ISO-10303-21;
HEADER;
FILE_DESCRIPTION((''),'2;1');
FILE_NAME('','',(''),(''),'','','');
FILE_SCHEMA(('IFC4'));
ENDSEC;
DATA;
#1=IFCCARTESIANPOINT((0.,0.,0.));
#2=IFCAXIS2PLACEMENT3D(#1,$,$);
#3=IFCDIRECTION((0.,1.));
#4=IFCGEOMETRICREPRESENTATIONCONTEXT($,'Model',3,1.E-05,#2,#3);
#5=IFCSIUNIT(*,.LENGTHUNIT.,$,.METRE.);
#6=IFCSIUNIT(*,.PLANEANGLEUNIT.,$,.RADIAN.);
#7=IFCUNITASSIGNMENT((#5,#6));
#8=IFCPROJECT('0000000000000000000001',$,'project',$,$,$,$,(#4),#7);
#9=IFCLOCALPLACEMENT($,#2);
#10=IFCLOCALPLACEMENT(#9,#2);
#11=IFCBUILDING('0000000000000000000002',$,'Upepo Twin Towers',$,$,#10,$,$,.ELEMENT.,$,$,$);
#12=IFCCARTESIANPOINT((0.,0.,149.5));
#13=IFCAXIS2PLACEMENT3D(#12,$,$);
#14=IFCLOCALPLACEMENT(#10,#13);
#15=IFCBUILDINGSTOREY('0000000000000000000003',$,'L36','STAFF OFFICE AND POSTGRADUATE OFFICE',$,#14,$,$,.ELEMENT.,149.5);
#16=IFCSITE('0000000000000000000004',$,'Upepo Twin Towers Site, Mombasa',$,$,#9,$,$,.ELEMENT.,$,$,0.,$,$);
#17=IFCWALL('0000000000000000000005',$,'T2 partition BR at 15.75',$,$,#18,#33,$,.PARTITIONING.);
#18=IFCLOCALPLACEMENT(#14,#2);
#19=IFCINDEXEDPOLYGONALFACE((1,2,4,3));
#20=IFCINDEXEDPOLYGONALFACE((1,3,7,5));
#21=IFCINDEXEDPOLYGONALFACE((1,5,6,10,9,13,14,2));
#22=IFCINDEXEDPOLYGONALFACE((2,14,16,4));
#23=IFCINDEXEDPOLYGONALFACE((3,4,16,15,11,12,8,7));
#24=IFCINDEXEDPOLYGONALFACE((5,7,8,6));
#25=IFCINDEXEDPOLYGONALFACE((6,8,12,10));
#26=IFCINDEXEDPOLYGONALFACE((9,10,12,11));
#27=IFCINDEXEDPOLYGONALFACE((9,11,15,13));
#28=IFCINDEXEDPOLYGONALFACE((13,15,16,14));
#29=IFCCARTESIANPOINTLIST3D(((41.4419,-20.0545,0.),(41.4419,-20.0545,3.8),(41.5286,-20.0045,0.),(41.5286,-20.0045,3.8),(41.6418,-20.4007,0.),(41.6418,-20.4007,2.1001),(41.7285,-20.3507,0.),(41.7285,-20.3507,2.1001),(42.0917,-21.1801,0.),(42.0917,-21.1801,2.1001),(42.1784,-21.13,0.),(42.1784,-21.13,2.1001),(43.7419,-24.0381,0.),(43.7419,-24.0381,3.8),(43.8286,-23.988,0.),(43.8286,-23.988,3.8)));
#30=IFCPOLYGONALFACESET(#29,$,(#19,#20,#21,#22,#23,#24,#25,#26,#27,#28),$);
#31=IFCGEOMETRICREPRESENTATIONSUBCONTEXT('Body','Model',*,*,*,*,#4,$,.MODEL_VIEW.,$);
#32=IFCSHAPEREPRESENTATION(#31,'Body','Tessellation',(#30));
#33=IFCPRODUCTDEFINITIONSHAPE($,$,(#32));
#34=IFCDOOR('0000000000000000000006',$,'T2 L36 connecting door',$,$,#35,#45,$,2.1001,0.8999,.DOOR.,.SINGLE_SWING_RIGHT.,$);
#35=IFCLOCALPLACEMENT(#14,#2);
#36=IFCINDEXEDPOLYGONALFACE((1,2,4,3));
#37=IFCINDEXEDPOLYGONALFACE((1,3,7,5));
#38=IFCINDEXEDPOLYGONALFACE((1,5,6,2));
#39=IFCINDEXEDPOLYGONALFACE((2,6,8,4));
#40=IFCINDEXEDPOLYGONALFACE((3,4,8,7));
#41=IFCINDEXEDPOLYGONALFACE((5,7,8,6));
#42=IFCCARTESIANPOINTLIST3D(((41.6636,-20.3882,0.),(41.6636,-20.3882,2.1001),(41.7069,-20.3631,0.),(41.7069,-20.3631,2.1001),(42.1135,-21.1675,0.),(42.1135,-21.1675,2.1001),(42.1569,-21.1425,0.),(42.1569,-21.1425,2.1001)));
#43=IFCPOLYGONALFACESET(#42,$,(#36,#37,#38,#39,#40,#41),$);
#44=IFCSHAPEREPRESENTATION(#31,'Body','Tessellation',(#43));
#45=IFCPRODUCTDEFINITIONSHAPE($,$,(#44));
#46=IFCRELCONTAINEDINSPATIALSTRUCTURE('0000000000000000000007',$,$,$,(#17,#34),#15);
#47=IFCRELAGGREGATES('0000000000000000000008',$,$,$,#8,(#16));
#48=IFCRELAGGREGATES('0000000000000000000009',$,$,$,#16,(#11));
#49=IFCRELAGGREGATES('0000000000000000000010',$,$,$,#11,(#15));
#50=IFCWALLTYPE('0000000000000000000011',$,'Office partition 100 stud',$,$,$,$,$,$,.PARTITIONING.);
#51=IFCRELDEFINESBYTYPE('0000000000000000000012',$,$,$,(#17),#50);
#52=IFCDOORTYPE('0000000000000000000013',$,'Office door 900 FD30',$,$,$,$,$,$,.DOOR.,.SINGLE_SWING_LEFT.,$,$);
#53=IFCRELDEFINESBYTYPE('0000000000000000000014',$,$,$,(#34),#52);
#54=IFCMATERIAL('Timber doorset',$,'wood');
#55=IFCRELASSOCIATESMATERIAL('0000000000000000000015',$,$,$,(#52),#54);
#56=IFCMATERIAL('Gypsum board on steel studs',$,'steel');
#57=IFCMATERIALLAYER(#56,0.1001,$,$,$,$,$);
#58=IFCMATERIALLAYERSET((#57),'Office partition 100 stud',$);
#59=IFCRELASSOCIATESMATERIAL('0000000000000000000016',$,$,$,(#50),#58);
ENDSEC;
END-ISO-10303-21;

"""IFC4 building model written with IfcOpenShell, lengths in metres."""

from ifc_helpers import new_model, si_unit, direction, frame, frame_2d, origin, place, context, subcontext, project, spatial, rectangle, extrude, material, layer, layer_set, type_object, element, fill, save


model = new_model("IFC4")

# Units and contexts
model_context = context("Model", 3, precision=1e-05, world=origin(), true_north=direction((0.0, 1.0)))
body_context = subcontext(model_context, "Body", "Model", "MODEL_VIEW")
ifc_project = project(units=[si_unit("LENGTHUNIT", "METRE"), si_unit("PLANEANGLEUNIT", "RADIAN")], contexts=[model_context])

# Site, building, storey
site_placement = place(None, origin())
site = spatial("IfcSite", under=ifc_project, at=site_placement, Name="Upepo Twin Towers Site, Mombasa", CompositionType="ELEMENT", RefElevation=0.0)
building_placement = place(site_placement, origin())
building = spatial("IfcBuilding", under=site, at=building_placement, Name="Upepo Twin Towers", CompositionType="ELEMENT")
storey_placement = place(building_placement, frame((0.0, 0.0, 149.5)))
storey = spatial("IfcBuildingStorey", under=building, at=storey_placement, Name="L36", Description="STAFF OFFICE AND POSTGRADUATE OFFICE", CompositionType="ELEMENT", Elevation=149.5)

# Shared definitions
ifc_material_1 = material(Name="Timber doorset", Category="wood")
door_type = type_object("IfcDoorType", Name="Office door 900 FD30", OperationType="SINGLE_SWING_LEFT", PredefinedType="DOOR", material=ifc_material_1)

# Shared definitions
ifc_material_2 = material(Name="Gypsum board on steel studs", Category="steel")
ifc_layer_1 = layer(ifc_material_2, 0.1001)
ifc_layer_set_1 = layer_set([ifc_layer_1], Name="Office partition 100 stud")
wall_type_1 = type_object("IfcWallType", Name="Office partition 100 stud", PredefinedType="PARTITIONING", material=ifc_layer_set_1)

# Wall, opening, door
wall_1_placement = place(storey_placement, frame((43.7852, -24.0129, 0.0), z_axis=(0.0, 0.0, 1.0), x_axis=(-0.500015, 0.866017, 0.0)))
wall_1 = element("IfcWall", 1, at=wall_1_placement, inside=storey, type_object=wall_type_1, Name="T2 partition BR at 15.75", PredefinedType="PARTITIONING", context=body_context, shape_type="SweptSolid", body=[
    extrude(rectangle(XDim=4.5999, YDim=0.1001, at=frame_2d((2.2998, 0.0))), origin(), (0.0, 0.0, 1.0), 3.8),
])
opening_1_placement = place(wall_1_placement, frame((3.3, 0.0, 0.0)))
opening_1 = element("IfcOpeningElement", 2, at=opening_1_placement, cuts=wall_1, PredefinedType="OPENING", context=body_context, shape_type="SweptSolid", body=[
    extrude(rectangle(XDim=0.8999, YDim=2.1001, at=frame_2d((0.45, 1.05))), frame((0.0, 0.0601, 0.0), z_axis=(0.0, -1.0, 0.0), x_axis=(1.0, 0.0, 0.0)), (0.0, 0.0, 1.0), 0.1201),
])
door_1_placement = place(opening_1_placement, origin())
door_1 = element("IfcDoor", 3, at=door_1_placement, inside=storey, type_object=door_type, Name="T2 L36 connecting door", OperationType="SINGLE_SWING_RIGHT", OverallHeight=2.1001, OverallWidth=0.8999, PredefinedType="DOOR", context=body_context, shape_type="SweptSolid", body=[
    extrude(rectangle(XDim=0.8999, YDim=2.1001, at=frame_2d((0.45, 1.05))), frame((0.0, 0.0249, 0.0), z_axis=(0.0, -1.0, 0.0), x_axis=(1.0, 0.0, 0.0)), (0.0, 0.0, 1.0), 0.05),
])
fill(opening_1, door_1)

save(model, "model.ifc")
